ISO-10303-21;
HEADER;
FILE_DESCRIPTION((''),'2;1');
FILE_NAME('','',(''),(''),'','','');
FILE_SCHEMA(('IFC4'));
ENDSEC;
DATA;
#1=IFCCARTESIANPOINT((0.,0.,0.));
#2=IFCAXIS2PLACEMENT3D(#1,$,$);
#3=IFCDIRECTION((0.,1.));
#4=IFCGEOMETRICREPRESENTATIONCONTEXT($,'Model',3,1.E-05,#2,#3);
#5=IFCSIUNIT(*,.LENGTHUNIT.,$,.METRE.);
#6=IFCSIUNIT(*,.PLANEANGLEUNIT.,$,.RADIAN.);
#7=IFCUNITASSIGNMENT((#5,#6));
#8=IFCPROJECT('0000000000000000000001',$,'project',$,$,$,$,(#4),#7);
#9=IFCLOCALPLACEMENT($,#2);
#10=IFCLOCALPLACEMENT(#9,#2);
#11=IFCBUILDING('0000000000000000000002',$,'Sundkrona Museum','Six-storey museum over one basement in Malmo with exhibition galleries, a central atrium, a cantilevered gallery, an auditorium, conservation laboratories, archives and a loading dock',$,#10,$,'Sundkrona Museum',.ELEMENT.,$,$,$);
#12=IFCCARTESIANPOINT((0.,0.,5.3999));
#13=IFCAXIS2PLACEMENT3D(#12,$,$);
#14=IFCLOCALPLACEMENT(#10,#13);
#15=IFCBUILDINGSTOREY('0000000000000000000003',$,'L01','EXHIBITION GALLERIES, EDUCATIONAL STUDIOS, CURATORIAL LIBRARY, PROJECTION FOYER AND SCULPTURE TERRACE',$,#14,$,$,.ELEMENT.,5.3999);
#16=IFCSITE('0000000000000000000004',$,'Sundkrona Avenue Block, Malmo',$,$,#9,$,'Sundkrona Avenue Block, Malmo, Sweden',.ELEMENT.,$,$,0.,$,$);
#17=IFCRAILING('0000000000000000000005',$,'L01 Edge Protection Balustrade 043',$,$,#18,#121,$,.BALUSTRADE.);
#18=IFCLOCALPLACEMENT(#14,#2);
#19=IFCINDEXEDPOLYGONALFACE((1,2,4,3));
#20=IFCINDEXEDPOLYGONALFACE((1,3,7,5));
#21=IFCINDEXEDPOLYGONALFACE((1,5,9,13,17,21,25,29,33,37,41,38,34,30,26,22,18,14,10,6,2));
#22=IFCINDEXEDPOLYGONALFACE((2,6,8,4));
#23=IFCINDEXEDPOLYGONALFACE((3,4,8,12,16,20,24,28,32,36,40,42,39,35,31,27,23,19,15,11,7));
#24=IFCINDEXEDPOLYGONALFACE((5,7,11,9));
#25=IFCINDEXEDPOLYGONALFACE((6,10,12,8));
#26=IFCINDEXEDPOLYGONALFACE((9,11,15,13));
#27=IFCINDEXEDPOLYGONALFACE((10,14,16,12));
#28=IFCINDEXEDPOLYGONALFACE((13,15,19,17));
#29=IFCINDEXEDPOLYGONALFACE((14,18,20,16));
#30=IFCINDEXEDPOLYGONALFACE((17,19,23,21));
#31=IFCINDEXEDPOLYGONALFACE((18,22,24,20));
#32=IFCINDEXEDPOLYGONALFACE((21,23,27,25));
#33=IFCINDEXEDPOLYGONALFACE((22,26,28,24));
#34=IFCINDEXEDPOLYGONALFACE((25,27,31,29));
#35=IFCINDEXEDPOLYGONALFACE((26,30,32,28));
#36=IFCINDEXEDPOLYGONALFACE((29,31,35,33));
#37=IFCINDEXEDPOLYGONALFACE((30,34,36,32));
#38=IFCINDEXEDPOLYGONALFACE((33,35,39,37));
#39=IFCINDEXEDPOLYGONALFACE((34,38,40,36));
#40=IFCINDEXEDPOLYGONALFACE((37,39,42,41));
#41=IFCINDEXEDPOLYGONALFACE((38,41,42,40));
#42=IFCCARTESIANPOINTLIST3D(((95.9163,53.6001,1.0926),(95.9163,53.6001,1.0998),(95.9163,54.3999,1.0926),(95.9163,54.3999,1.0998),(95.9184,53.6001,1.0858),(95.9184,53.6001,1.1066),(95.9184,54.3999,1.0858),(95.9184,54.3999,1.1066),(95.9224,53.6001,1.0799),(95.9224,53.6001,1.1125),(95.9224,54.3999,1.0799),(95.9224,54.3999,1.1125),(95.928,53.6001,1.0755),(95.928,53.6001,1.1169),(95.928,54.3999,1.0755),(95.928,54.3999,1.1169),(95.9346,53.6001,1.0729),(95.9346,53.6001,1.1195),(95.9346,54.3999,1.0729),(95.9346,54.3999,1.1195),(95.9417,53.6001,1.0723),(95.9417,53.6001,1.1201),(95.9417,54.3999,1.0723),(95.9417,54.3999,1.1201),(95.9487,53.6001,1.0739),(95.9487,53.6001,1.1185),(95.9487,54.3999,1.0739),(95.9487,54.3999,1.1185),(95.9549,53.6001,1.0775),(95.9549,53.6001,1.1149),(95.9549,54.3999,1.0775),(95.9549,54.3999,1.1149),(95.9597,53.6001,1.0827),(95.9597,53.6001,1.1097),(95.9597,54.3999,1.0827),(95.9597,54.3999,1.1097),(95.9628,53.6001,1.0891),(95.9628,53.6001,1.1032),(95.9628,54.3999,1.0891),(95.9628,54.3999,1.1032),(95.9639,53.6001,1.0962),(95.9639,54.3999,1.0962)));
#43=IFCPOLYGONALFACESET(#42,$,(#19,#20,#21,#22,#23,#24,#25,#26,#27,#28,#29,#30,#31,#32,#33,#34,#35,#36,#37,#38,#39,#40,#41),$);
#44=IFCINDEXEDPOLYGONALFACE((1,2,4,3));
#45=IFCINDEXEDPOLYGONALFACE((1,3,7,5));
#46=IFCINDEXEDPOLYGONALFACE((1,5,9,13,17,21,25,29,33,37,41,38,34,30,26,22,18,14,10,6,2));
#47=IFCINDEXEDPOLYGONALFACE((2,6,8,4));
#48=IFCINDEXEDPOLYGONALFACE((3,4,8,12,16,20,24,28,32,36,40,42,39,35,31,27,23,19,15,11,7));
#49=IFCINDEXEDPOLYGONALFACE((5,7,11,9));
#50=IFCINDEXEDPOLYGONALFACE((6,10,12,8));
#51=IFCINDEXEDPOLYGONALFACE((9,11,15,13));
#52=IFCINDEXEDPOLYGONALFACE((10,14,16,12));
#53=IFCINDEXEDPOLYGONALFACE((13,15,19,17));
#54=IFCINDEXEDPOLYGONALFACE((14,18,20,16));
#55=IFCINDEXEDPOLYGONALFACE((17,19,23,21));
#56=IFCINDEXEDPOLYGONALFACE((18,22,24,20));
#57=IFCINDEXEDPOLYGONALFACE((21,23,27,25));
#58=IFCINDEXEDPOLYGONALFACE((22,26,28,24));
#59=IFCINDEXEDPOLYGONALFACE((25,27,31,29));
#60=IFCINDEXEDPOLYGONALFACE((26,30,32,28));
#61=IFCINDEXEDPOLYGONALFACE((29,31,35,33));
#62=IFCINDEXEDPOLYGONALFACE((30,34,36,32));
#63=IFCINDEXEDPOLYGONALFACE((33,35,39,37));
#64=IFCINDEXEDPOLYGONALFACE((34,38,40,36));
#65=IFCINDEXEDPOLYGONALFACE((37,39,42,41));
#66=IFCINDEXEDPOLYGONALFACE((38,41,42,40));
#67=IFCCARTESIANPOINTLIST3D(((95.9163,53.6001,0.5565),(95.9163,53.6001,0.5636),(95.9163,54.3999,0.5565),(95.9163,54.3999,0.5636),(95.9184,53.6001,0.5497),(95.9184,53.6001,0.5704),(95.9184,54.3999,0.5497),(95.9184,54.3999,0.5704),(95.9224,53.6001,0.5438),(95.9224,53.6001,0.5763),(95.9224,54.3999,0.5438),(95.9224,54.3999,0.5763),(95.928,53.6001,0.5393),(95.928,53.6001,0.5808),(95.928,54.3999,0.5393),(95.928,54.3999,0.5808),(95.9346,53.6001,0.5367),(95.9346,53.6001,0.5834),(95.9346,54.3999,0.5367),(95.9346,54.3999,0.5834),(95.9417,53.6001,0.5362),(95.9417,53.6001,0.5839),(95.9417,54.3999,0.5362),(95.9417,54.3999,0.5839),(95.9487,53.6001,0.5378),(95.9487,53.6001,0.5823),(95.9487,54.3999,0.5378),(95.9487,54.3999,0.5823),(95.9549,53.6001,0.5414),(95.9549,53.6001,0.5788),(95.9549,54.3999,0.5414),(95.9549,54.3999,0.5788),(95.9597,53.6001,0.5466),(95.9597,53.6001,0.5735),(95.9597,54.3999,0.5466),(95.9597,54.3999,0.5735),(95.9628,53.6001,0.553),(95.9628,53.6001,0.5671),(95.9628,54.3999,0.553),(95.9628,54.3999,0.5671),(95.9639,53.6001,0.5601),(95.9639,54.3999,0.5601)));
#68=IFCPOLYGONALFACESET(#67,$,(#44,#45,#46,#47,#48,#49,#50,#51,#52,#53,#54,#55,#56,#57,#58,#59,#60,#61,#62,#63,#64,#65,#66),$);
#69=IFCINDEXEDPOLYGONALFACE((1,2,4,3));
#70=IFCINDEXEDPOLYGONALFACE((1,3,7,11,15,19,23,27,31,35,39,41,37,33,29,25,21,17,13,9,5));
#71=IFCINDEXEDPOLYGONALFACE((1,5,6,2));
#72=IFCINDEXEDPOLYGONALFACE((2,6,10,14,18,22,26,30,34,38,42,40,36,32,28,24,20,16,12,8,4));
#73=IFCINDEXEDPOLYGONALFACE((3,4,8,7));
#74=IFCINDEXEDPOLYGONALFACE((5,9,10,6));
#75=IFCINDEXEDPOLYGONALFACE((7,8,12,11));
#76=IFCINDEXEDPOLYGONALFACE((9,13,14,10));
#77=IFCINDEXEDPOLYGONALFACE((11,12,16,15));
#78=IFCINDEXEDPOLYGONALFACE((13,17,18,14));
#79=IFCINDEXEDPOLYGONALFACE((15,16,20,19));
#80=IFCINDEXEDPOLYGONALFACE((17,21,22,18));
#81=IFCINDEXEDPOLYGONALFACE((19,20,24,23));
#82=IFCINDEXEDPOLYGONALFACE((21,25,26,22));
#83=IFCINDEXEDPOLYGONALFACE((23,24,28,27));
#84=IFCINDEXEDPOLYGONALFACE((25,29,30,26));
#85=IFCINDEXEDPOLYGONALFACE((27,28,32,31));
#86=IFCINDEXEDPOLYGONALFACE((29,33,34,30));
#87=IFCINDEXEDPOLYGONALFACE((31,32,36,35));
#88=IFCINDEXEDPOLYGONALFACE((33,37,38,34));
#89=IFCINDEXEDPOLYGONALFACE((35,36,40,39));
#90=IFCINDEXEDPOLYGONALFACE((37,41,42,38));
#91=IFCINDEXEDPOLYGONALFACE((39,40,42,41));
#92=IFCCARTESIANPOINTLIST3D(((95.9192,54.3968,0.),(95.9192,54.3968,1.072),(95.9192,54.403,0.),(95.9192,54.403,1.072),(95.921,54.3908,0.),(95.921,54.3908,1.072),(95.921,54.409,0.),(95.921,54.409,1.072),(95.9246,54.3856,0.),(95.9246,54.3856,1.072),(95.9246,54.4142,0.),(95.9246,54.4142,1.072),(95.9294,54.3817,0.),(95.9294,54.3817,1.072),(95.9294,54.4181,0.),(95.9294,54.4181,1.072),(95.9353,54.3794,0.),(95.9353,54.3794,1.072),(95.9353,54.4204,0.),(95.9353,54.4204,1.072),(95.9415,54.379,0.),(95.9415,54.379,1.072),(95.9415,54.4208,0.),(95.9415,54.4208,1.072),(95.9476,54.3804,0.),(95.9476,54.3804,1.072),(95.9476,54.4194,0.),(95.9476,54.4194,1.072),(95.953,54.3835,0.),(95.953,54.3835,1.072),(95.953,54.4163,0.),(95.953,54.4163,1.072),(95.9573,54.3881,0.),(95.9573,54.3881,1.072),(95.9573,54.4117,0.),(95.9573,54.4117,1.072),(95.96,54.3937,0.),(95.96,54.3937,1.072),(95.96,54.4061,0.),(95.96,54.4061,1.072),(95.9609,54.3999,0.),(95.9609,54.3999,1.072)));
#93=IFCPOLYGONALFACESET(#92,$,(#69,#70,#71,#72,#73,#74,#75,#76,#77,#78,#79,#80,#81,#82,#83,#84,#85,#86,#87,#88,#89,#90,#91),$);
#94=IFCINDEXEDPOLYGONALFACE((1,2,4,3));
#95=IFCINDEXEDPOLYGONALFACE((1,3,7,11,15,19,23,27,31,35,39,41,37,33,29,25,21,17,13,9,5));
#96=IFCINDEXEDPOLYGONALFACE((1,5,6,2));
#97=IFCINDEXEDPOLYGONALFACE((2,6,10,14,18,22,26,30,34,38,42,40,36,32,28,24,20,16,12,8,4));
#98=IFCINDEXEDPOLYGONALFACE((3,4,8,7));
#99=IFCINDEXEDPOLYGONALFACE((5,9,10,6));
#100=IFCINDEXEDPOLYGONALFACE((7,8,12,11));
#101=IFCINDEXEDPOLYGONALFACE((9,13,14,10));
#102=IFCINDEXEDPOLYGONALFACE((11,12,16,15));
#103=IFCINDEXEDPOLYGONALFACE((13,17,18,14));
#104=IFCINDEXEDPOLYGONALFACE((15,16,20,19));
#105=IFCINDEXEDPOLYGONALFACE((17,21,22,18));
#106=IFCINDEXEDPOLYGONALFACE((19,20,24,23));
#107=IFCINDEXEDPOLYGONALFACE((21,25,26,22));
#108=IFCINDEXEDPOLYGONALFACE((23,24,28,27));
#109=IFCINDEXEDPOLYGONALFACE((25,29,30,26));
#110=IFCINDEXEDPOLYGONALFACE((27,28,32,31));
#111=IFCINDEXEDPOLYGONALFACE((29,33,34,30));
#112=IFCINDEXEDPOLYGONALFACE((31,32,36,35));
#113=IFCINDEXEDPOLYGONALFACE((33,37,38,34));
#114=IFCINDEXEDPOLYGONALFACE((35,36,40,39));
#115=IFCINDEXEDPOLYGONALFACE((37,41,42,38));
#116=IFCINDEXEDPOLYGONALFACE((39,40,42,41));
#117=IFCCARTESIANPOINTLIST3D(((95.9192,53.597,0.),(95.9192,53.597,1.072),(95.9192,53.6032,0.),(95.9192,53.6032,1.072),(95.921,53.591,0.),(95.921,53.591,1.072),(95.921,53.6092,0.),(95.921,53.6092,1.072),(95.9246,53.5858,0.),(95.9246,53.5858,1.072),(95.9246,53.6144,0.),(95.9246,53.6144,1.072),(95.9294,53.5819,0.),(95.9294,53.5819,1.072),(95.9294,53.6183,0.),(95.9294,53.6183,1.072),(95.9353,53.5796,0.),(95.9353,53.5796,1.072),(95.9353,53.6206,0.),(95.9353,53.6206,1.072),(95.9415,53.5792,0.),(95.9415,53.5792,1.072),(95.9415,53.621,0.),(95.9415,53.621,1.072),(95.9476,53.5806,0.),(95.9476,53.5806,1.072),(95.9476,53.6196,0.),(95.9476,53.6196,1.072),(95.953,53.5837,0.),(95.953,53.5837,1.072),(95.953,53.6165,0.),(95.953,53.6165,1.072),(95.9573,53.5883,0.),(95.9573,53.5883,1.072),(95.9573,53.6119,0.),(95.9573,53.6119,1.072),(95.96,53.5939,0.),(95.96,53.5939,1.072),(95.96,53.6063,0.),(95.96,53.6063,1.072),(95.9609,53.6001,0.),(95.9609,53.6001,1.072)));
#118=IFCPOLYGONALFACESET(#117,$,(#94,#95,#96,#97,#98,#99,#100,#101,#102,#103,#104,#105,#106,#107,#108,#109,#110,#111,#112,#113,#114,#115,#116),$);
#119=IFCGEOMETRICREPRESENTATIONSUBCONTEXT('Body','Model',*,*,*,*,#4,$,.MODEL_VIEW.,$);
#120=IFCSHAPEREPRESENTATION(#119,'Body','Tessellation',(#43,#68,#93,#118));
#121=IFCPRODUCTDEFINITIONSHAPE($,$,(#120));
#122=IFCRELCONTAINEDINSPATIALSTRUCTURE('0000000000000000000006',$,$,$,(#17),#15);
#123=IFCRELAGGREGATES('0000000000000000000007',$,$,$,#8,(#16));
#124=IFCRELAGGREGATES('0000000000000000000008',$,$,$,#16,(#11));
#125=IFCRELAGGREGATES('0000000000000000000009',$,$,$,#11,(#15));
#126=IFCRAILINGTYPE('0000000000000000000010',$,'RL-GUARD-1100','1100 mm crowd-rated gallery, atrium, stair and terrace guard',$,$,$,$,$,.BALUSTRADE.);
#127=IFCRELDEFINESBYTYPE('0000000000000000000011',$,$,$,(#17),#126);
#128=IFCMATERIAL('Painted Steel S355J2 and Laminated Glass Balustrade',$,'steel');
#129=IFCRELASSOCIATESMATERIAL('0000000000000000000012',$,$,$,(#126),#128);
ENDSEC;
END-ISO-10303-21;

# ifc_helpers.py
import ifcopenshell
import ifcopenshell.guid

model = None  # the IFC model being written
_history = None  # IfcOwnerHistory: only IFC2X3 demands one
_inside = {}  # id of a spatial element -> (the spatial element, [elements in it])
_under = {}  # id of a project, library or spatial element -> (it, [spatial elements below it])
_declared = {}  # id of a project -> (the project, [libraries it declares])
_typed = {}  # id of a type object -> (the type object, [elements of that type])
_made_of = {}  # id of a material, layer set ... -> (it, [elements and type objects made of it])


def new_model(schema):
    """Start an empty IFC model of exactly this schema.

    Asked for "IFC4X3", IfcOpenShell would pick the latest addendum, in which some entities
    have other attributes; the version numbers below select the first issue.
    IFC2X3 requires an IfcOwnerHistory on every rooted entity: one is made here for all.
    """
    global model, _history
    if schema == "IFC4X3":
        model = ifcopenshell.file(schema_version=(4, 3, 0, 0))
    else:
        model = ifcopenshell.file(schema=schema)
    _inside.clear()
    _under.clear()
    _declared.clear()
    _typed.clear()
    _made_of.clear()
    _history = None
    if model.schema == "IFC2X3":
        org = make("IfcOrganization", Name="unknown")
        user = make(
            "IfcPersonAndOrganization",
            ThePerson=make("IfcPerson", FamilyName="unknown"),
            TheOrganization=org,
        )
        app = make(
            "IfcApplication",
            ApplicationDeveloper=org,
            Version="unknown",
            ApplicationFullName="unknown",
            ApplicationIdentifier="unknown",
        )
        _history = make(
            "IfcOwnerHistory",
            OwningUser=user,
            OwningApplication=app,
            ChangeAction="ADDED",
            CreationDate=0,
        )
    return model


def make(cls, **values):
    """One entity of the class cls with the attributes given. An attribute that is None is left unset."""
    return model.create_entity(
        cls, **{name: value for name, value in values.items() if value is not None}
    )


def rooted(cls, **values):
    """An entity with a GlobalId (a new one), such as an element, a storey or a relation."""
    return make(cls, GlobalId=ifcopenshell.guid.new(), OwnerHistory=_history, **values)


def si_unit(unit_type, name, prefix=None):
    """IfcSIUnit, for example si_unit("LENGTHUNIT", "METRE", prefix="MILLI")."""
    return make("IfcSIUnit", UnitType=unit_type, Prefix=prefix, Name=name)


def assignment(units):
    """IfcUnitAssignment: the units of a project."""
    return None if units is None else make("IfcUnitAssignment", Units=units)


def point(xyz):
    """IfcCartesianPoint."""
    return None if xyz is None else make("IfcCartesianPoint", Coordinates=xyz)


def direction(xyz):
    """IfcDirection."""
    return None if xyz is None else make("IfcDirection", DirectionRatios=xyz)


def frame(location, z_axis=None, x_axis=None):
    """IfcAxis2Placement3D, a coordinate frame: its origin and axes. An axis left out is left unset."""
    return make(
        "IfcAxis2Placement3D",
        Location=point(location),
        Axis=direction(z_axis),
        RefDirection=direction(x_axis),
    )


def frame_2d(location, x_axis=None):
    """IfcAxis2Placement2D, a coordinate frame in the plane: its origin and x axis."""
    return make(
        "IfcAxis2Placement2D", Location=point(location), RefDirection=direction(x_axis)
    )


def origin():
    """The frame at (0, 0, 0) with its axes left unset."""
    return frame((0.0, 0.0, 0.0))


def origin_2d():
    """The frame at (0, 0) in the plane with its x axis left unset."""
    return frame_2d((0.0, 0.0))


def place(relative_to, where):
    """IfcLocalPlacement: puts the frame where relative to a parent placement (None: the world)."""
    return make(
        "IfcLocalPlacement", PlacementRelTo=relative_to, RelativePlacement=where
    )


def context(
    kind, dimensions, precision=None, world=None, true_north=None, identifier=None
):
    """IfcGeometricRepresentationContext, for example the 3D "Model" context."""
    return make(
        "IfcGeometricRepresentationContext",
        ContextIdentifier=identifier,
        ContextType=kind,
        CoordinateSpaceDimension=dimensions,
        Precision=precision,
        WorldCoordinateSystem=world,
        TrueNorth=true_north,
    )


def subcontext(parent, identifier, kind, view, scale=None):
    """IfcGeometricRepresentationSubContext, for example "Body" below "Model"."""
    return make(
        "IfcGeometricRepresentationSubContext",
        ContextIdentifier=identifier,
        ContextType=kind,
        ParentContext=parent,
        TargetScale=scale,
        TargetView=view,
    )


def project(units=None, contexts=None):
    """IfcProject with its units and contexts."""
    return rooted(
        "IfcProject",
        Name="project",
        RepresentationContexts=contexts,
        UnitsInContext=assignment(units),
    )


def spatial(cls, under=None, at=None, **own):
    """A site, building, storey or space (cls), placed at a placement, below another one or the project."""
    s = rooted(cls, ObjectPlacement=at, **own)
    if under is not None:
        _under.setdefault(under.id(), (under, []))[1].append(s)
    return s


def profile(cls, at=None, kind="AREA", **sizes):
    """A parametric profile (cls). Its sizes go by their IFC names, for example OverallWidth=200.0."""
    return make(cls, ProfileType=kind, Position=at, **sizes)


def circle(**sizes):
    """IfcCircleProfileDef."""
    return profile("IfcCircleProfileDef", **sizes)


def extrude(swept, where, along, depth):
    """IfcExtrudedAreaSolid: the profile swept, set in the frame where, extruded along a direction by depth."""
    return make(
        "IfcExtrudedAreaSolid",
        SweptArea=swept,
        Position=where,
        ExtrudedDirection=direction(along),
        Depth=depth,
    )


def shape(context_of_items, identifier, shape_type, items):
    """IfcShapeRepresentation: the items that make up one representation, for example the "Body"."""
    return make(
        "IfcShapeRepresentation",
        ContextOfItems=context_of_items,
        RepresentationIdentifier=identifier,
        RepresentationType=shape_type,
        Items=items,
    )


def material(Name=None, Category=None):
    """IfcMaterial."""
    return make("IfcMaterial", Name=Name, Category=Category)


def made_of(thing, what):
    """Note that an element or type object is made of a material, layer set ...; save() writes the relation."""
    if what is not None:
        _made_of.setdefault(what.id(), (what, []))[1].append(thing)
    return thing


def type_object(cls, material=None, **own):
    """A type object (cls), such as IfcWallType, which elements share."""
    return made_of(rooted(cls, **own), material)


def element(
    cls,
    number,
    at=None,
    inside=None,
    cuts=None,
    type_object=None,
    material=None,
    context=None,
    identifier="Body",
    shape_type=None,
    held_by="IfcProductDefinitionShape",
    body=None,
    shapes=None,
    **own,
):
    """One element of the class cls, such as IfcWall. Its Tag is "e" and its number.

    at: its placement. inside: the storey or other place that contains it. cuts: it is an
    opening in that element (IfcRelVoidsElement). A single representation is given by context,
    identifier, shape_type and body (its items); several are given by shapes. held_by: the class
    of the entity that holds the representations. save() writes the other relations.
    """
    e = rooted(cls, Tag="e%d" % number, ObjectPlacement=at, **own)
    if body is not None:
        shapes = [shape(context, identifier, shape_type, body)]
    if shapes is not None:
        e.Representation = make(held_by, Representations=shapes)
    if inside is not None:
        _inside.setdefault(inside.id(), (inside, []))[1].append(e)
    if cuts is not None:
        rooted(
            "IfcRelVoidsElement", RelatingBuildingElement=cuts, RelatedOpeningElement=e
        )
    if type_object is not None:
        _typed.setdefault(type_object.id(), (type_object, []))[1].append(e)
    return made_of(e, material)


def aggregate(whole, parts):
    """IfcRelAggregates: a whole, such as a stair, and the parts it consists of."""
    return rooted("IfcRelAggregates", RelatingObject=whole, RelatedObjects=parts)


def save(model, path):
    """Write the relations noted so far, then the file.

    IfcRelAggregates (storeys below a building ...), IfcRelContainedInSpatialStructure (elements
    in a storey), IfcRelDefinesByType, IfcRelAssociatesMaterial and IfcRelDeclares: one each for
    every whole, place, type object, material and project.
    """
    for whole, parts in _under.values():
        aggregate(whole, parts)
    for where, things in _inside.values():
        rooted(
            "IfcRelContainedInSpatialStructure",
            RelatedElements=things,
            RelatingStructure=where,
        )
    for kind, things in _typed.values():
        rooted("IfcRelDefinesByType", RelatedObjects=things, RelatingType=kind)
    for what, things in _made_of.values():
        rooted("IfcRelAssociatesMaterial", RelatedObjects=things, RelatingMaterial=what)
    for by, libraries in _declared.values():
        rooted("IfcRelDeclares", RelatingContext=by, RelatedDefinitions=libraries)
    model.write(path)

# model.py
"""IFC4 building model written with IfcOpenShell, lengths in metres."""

from ifc_helpers import new_model, si_unit, direction, frame, origin, origin_2d, place, context, subcontext, project, spatial, circle, extrude, material, type_object, element, save


model = new_model("IFC4")

# Units and contexts
model_context = context("Model", 3, precision=1e-05, world=origin(), true_north=direction((0.0, 1.0)))
body_context = subcontext(model_context, "Body", "Model", "MODEL_VIEW")
ifc_project = project(units=[si_unit("LENGTHUNIT", "METRE"), si_unit("PLANEANGLEUNIT", "RADIAN")], contexts=[model_context])

# Site, building, storey
site_placement = place(None, origin())
site = spatial("IfcSite", under=ifc_project, at=site_placement, Name="Sundkrona Avenue Block, Malmo", LongName="Sundkrona Avenue Block, Malmo, Sweden", CompositionType="ELEMENT", RefElevation=0.0)
building_placement = place(site_placement, origin())
building = spatial("IfcBuilding", under=site, at=building_placement, Name="Sundkrona Museum", Description="Six-storey museum over one basement in Malmo with exhibition galleries, a central atrium, a cantilevered gallery, an auditorium, conservation laboratories, archives and a loading dock", LongName="Sundkrona Museum", CompositionType="ELEMENT")
storey_placement = place(building_placement, frame((0.0, 0.0, 5.3999)))
storey = spatial("IfcBuildingStorey", under=building, at=storey_placement, Name="L01", Description="EXHIBITION GALLERIES, EDUCATIONAL STUDIOS, CURATORIAL LIBRARY, PROJECTION FOYER AND SCULPTURE TERRACE", CompositionType="ELEMENT", Elevation=5.3999)

# Railing
ifc_material_1 = material(Name="Painted Steel S355J2 and Laminated Glass Balustrade", Category="steel")
railing_type = type_object("IfcRailingType", Name="RL-GUARD-1100", Description="1100 mm crowd-rated gallery, atrium, stair and terrace guard", PredefinedType="BALUSTRADE", material=ifc_material_1)
railing_placement = place(storey_placement, frame((95.9399, 54.3999, 0.0)))
element("IfcRailing", 1, at=railing_placement, inside=storey, type_object=railing_type, Name="L01 Edge Protection Balustrade 043", PredefinedType="BALUSTRADE", context=body_context, shape_type="SweptSolid", body=[
    extrude(circle(Radius=0.0239, at=origin_2d()), frame((0.0, 0.0, 1.0962), z_axis=(0.0, -1.0, 0.0), x_axis=(1.0, 0.0, 0.0)), (0.0, 0.0, 1.0), 0.7998),
    extrude(circle(Radius=0.0239, at=origin_2d()), frame((0.0, 0.0, 0.5601), z_axis=(0.0, -1.0, 0.0), x_axis=(1.0, 0.0, 0.0)), (0.0, 0.0, 1.0), 0.7998),
    extrude(circle(Radius=0.021, at=origin_2d()), origin(), (0.0, 0.0, 1.0), 1.072),
    extrude(circle(Radius=0.021, at=origin_2d()), frame((0.0, -0.7998, 0.0)), (0.0, 0.0, 1.0), 1.072),
])

save(model, "model.ifc")
